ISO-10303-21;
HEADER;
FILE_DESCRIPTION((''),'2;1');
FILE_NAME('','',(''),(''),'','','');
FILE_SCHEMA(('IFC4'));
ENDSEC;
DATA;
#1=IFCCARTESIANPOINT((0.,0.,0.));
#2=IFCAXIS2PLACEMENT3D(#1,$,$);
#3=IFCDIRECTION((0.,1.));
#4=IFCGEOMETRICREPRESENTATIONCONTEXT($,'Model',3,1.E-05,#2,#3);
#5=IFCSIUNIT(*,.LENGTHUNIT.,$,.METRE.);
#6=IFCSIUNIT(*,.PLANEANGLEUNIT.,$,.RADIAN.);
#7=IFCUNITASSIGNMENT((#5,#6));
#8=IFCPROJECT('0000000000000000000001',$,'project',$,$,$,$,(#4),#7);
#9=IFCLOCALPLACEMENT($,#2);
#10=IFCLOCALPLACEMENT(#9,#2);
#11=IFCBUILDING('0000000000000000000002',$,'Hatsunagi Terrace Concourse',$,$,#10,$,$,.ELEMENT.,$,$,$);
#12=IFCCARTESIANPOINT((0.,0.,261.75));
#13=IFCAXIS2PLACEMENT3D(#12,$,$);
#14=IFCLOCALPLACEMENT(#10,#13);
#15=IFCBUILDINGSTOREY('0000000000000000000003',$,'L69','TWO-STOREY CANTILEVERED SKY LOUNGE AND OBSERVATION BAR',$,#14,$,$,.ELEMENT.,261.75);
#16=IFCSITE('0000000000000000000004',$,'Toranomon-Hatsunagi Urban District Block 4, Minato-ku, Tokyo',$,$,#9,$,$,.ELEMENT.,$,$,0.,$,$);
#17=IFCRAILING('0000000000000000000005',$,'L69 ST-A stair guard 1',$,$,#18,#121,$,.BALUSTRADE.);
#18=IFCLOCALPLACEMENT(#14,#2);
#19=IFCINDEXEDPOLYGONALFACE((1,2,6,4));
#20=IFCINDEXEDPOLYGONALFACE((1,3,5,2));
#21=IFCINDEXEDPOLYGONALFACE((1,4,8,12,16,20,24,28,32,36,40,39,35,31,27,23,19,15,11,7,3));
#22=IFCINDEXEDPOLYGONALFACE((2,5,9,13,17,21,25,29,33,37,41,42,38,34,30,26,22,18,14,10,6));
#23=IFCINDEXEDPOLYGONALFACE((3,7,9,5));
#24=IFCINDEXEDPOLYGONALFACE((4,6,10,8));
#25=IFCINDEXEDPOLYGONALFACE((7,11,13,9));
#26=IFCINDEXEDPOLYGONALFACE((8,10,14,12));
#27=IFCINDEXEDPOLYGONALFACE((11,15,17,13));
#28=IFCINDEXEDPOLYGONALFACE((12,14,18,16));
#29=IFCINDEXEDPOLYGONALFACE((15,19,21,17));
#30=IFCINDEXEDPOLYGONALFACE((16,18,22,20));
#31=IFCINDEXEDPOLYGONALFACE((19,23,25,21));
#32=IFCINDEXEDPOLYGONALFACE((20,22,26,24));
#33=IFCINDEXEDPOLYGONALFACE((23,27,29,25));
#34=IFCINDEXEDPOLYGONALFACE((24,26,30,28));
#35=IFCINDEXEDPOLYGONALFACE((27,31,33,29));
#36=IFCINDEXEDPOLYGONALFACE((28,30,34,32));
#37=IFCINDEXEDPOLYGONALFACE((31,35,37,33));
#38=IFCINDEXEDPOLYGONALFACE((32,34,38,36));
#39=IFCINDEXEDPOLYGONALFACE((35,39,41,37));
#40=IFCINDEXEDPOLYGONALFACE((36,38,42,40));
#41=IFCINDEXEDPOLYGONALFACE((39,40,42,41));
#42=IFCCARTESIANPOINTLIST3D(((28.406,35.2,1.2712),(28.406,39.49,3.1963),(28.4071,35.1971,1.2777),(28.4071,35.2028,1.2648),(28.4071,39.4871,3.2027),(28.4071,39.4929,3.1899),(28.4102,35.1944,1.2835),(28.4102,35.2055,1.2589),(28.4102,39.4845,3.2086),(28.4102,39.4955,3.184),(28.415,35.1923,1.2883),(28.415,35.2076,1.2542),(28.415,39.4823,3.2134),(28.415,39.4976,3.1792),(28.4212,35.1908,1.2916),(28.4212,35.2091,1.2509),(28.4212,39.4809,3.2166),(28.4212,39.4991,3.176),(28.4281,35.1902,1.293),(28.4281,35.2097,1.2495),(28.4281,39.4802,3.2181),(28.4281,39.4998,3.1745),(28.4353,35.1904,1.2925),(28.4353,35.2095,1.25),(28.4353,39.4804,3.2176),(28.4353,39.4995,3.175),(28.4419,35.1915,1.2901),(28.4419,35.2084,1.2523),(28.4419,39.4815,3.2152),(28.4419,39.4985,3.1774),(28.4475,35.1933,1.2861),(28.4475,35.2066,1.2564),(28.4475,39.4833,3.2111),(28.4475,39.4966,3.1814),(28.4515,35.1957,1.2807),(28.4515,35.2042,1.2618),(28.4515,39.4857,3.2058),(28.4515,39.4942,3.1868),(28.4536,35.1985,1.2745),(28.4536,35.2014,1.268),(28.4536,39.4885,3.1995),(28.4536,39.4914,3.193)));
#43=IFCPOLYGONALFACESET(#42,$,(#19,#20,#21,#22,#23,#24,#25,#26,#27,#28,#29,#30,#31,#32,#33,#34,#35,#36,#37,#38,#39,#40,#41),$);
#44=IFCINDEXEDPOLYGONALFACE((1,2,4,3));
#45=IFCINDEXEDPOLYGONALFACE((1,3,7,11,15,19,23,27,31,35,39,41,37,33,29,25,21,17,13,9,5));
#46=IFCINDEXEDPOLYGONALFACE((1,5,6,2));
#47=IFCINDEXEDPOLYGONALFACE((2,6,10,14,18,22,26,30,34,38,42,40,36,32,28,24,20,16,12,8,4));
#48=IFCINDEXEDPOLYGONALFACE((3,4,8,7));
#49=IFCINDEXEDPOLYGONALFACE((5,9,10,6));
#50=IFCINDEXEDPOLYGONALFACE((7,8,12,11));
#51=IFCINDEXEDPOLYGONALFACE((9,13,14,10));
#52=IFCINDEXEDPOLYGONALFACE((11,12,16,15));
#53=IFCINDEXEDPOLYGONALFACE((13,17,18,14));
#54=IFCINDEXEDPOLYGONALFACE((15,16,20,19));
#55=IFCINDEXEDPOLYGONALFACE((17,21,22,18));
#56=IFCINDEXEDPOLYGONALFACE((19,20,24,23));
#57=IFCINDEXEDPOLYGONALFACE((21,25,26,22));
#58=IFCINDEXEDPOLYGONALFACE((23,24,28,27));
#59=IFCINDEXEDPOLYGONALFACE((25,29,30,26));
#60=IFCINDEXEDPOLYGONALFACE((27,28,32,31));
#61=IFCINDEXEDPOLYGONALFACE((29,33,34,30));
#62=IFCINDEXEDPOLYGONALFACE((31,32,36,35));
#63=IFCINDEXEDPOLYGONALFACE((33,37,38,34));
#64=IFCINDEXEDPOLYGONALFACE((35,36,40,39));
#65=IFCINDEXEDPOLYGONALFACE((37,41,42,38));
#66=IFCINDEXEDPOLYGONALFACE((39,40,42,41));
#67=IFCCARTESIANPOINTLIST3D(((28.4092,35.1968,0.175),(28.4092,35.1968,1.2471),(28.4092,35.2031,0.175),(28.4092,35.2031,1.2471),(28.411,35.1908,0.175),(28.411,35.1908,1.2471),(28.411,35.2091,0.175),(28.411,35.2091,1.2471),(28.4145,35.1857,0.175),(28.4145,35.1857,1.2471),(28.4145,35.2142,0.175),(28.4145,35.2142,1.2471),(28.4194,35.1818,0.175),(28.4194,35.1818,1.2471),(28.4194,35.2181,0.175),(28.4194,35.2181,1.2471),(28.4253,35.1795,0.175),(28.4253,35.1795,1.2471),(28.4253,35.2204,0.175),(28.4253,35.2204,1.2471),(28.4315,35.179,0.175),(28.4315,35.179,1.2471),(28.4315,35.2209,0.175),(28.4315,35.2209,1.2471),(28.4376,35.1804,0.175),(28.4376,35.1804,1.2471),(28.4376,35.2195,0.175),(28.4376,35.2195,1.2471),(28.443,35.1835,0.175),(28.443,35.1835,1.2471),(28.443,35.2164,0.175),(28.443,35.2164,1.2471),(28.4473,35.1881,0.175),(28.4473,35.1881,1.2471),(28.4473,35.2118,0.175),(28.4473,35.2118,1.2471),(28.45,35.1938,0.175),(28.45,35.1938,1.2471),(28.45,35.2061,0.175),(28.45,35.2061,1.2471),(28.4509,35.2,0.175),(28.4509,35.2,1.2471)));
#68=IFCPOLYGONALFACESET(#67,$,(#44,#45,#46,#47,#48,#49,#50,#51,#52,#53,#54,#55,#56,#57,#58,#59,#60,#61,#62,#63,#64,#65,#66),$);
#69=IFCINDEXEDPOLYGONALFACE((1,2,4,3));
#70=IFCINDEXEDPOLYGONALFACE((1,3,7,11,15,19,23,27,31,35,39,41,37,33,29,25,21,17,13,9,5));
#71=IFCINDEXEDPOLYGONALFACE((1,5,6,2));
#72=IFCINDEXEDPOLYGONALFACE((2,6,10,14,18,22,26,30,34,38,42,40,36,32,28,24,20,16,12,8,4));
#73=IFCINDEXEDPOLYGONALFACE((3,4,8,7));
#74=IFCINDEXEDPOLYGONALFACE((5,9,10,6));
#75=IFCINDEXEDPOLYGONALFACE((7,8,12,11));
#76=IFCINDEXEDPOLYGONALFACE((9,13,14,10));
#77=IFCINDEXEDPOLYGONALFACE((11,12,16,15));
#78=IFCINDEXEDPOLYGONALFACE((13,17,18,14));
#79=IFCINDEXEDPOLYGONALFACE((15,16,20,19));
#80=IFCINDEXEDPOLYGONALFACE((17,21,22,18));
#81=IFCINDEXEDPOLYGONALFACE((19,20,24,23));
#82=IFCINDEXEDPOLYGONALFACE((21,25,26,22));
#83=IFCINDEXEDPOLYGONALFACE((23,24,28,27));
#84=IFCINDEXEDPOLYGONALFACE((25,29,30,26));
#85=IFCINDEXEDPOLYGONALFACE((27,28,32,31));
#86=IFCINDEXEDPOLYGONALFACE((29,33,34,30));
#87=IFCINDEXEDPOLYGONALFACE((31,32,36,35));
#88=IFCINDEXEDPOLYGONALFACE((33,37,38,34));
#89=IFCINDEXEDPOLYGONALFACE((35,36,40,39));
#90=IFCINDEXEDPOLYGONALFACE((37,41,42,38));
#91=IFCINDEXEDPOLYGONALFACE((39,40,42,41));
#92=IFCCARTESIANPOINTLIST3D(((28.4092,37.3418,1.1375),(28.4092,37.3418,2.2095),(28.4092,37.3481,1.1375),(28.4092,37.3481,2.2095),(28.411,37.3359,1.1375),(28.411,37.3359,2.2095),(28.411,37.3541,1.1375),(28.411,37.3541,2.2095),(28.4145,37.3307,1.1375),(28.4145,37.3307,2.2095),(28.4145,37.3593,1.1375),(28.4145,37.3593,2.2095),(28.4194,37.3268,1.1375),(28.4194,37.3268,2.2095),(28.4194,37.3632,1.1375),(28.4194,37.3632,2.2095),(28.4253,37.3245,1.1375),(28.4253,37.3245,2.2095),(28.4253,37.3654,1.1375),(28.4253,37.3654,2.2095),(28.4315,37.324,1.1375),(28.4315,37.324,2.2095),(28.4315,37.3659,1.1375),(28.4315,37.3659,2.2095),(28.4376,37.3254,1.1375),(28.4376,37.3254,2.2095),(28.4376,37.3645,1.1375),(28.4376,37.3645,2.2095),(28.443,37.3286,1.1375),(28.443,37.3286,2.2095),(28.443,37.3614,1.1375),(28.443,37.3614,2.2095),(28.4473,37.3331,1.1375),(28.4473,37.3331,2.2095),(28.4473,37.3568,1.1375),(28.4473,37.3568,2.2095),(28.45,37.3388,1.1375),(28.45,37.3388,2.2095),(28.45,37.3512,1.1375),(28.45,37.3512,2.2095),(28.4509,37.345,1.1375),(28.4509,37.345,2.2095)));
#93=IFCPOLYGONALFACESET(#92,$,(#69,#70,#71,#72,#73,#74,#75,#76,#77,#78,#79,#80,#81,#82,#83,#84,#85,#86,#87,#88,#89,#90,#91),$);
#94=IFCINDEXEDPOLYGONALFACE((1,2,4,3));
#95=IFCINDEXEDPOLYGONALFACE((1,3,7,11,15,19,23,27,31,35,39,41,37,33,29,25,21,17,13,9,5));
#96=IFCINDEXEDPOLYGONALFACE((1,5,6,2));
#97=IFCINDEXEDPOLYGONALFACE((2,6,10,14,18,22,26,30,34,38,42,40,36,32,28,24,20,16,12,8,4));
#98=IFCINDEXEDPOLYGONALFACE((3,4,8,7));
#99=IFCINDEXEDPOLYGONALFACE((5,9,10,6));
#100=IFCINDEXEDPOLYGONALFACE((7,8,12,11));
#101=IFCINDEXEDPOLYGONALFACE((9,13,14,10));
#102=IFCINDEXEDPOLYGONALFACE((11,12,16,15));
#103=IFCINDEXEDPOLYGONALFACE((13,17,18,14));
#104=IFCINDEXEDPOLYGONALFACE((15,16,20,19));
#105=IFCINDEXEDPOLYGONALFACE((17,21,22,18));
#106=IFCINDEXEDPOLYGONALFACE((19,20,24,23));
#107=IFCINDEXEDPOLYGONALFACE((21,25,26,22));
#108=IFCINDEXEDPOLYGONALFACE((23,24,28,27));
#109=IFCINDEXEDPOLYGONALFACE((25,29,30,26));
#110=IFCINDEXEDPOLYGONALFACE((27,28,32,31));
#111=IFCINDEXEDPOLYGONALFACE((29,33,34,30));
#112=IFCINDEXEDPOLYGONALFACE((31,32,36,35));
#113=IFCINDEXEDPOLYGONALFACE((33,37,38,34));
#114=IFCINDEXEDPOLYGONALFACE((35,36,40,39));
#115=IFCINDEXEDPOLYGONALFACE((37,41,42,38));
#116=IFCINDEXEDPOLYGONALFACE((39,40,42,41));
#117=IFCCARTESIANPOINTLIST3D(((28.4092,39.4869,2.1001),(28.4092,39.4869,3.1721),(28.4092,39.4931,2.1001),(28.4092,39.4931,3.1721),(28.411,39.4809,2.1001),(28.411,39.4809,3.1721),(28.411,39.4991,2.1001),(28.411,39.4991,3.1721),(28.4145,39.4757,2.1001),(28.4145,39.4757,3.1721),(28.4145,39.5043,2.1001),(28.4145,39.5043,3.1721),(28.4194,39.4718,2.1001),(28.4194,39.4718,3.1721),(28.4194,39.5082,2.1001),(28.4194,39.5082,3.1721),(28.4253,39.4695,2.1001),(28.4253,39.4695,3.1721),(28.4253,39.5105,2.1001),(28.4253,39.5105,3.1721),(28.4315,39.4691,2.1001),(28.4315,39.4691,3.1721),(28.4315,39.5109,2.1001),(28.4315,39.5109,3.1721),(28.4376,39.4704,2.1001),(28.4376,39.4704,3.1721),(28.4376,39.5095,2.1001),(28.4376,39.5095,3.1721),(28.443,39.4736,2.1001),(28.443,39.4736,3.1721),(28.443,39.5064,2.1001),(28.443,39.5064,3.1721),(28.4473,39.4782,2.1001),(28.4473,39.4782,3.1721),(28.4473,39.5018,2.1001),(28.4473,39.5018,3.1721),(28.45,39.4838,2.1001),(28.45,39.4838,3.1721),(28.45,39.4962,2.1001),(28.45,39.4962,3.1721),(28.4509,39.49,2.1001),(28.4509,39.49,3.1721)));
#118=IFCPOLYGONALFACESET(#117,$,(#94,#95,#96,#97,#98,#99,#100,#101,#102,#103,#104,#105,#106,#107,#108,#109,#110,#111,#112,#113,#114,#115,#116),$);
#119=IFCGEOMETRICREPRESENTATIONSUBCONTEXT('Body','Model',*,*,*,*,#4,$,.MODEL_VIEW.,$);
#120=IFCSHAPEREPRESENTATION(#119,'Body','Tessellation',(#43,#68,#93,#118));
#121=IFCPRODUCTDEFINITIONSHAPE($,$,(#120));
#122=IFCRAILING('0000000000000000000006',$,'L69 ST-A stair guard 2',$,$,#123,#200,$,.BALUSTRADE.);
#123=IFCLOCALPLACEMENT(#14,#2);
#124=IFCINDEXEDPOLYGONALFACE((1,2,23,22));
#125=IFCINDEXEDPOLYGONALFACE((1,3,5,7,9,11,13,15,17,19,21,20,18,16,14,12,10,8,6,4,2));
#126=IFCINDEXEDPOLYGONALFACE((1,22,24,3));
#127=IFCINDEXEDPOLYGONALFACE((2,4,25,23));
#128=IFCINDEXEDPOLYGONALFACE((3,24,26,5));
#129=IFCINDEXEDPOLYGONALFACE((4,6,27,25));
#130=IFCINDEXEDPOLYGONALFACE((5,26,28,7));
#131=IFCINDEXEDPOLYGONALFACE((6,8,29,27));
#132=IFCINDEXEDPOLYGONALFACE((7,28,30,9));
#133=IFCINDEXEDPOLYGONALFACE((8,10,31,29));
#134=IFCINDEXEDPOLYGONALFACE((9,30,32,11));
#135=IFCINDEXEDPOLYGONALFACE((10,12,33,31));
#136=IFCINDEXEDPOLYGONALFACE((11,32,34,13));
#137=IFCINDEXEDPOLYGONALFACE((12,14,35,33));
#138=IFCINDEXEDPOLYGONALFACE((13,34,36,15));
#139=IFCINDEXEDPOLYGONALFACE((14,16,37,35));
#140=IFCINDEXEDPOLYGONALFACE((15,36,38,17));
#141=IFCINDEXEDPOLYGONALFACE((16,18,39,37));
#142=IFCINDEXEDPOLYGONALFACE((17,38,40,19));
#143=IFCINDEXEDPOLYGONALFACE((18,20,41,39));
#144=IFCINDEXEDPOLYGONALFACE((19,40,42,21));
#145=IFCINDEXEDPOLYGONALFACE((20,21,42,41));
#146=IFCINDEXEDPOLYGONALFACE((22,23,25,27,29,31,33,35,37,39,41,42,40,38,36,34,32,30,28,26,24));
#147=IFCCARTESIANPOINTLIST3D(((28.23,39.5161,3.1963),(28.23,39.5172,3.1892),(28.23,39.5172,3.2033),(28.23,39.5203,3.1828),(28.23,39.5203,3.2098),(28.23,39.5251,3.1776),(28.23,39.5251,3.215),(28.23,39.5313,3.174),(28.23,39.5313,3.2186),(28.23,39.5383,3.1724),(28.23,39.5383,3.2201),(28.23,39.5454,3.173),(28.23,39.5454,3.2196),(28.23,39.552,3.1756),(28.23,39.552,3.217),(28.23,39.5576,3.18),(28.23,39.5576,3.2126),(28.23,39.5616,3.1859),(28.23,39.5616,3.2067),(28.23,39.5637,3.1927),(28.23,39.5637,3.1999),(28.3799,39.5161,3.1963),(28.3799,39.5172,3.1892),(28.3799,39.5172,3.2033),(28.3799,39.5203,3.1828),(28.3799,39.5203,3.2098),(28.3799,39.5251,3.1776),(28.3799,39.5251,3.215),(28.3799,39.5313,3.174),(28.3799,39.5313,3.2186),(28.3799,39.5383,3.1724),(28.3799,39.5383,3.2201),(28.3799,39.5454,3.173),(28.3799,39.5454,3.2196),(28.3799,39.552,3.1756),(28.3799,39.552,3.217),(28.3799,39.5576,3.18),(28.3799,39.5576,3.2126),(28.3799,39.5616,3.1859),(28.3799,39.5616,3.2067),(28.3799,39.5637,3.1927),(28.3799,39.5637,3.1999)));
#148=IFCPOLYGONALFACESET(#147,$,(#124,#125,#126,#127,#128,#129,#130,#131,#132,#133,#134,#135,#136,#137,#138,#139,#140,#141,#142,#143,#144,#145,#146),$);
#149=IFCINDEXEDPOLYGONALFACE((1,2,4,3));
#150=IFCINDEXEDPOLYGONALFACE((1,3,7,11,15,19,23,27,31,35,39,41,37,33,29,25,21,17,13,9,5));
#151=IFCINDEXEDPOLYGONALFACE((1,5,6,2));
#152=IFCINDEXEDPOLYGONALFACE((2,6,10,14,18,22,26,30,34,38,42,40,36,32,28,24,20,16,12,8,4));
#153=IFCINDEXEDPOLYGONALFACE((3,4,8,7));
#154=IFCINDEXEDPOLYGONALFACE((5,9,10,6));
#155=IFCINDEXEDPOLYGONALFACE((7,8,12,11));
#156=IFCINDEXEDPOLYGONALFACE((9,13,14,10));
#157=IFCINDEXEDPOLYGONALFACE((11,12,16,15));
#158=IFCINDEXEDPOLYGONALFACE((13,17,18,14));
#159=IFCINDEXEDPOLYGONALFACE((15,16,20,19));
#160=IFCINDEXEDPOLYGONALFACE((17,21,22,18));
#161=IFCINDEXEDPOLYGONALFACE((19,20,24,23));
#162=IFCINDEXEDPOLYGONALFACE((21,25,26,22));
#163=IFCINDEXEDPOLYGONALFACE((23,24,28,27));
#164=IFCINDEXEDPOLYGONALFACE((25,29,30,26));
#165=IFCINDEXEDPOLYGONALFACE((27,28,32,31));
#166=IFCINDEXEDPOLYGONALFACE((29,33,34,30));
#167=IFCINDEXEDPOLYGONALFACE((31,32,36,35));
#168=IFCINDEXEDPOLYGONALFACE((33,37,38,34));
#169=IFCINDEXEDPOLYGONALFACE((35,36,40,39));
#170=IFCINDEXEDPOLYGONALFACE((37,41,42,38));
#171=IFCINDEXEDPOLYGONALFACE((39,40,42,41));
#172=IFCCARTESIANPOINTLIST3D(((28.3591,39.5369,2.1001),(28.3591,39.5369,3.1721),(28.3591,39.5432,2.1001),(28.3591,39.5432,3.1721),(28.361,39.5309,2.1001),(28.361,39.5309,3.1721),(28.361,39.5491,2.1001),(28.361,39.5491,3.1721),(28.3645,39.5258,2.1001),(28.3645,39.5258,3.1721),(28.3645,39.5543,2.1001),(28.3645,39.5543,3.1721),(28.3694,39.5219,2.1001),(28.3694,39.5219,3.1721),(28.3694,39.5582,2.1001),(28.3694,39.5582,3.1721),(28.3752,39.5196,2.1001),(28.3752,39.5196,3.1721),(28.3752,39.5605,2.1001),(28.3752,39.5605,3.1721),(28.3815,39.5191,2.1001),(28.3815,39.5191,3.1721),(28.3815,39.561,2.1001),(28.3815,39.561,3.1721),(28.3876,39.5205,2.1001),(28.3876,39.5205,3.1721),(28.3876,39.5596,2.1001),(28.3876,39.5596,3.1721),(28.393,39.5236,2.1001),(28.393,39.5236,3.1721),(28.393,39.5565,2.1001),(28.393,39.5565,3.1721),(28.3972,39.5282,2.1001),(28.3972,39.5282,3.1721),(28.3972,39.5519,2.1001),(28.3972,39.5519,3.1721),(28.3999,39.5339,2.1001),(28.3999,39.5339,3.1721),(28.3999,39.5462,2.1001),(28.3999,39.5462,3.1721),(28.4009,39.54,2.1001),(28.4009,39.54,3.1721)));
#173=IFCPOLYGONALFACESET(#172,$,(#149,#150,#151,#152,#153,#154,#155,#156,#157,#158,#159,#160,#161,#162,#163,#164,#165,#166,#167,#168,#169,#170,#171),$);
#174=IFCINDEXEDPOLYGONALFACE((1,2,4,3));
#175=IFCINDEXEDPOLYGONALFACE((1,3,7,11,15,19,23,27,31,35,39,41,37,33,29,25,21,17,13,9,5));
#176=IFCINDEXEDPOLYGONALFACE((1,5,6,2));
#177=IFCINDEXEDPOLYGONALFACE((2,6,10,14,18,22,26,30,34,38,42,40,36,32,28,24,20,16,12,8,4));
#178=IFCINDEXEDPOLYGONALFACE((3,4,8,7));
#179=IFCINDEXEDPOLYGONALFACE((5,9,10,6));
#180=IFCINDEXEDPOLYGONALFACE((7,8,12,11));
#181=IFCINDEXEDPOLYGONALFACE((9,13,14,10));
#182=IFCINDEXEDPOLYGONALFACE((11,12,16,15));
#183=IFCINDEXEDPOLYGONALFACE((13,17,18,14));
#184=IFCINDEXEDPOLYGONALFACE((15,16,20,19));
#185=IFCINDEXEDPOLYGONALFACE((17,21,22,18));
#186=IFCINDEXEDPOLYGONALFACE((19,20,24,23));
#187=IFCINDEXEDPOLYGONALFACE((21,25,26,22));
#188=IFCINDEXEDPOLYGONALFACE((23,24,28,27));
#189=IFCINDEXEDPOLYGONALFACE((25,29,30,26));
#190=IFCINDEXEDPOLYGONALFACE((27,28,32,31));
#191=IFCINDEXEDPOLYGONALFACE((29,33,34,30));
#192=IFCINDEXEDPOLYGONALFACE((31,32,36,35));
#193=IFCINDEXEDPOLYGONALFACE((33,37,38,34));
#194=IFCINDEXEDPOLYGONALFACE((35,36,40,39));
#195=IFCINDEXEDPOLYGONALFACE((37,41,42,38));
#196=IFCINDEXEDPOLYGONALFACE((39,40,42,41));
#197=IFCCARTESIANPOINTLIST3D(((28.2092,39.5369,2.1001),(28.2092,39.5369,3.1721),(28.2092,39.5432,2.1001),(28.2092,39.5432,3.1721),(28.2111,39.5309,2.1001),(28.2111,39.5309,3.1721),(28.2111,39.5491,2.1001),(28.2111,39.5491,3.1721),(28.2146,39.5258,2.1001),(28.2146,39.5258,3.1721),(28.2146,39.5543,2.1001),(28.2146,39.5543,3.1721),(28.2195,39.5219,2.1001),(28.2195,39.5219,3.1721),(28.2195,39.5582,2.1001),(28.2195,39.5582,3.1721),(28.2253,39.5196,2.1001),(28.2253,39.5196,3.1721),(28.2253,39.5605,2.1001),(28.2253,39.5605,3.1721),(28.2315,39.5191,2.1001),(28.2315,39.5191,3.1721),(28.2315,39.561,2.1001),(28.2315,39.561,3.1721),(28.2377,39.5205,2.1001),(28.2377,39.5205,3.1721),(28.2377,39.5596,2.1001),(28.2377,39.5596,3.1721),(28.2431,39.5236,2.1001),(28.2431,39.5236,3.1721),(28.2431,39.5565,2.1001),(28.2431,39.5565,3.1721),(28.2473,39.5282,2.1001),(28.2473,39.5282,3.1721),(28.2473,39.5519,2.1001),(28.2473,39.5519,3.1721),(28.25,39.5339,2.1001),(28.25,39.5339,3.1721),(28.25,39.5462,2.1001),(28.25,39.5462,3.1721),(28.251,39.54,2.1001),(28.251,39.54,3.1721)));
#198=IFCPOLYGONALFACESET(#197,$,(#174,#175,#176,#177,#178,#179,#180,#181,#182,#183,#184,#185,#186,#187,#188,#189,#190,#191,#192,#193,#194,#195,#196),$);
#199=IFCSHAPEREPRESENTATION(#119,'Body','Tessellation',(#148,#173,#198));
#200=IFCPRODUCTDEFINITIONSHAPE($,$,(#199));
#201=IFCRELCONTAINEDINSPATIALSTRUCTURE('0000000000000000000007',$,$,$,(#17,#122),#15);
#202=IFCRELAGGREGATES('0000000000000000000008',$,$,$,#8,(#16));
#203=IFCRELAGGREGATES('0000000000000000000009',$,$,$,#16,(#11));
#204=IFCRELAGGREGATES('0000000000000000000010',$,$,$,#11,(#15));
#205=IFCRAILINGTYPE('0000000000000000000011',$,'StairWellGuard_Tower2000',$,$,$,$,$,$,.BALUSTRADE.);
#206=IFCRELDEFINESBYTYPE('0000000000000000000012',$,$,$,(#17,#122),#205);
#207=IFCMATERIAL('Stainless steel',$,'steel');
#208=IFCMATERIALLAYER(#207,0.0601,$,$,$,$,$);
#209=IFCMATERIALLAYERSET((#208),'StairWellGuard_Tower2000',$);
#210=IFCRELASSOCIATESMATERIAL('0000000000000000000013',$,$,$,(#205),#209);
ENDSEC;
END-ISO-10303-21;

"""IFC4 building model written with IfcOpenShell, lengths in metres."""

from ifc_helpers import new_model, si_unit, direction, frame, origin, origin_2d, place, context, subcontext, project, spatial, circle, extrude, material, layer, layer_set, type_object, element, save


model = new_model("IFC4")

# Units and contexts
model_context = context("Model", 3, precision=1e-05, world=origin(), true_north=direction((0.0, 1.0)))
body_context = subcontext(model_context, "Body", "Model", "MODEL_VIEW")
ifc_project = project(units=[si_unit("LENGTHUNIT", "METRE"), si_unit("PLANEANGLEUNIT", "RADIAN")], contexts=[model_context])

# Site, building, storey
site_placement = place(None, origin())
site = spatial("IfcSite", under=ifc_project, at=site_placement, Name="Toranomon-Hatsunagi Urban District Block 4, Minato-ku, Tokyo", CompositionType="ELEMENT", RefElevation=0.0)
building_placement = place(site_placement, origin())
building = spatial("IfcBuilding", under=site, at=building_placement, Name="Hatsunagi Terrace Concourse", CompositionType="ELEMENT")
storey_placement = place(building_placement, frame((0.0, 0.0, 261.75)))
storey = spatial("IfcBuildingStorey", under=building, at=storey_placement, Name="L69", Description="TWO-STOREY CANTILEVERED SKY LOUNGE AND OBSERVATION BAR", CompositionType="ELEMENT", Elevation=261.75)

# Railings
ifc_material_1 = material(Name="Stainless steel", Category="steel")
ifc_layer_1 = layer(ifc_material_1, 0.0601)
ifc_layer_set_1 = layer_set([ifc_layer_1], Name="StairWellGuard_Tower2000")
railing_type_1 = type_object("IfcRailingType", Name="StairWellGuard_Tower2000", PredefinedType="BALUSTRADE", material=ifc_layer_set_1)
railing_1_placement = place(storey_placement, frame((28.4299, 35.2, 0.175)))
element("IfcRailing", 1, at=railing_1_placement, inside=storey, type_object=railing_type_1, Name="L69 ST-A stair guard 1", PredefinedType="BALUSTRADE", context=body_context, shape_type="SweptSolid", body=[
    extrude(circle(Radius=0.0239, at=origin_2d()), frame((0.0, 0.0, 1.0962), z_axis=(0.0, 0.912356, 0.409397), x_axis=(-1.0, 0.0, 0.0)), (0.0, 0.0, 1.0), 4.7021),
    extrude(circle(Radius=0.021, at=origin_2d()), origin(), (0.0, 0.0, 1.0), 1.072),
    extrude(circle(Radius=0.021, at=origin_2d()), frame((0.0, 2.145, 0.9624)), (0.0, 0.0, 1.0), 1.072),
    extrude(circle(Radius=0.021, at=origin_2d()), frame((0.0, 4.29, 1.925)), (0.0, 0.0, 1.0), 1.072),
])
railing_2_placement = place(storey_placement, frame((28.3799, 39.54, 2.1001)))
element("IfcRailing", 2, at=railing_2_placement, inside=storey, type_object=railing_type_1, Name="L69 ST-A stair guard 2", PredefinedType="BALUSTRADE", context=body_context, shape_type="SweptSolid", body=[
    extrude(circle(Radius=0.0239, at=origin_2d()), frame((0.0, 0.0, 1.0962), z_axis=(-1.0, 0.0, 0.0), x_axis=(0.0, -1.0, 0.0)), (0.0, 0.0, 1.0), 0.1499),
    extrude(circle(Radius=0.021, at=origin_2d()), origin(), (0.0, 0.0, 1.0), 1.072),
    extrude(circle(Radius=0.021, at=origin_2d()), frame((-0.1499, 0.0, 0.0)), (0.0, 0.0, 1.0), 1.072),
])

save(model, "model.ifc")
